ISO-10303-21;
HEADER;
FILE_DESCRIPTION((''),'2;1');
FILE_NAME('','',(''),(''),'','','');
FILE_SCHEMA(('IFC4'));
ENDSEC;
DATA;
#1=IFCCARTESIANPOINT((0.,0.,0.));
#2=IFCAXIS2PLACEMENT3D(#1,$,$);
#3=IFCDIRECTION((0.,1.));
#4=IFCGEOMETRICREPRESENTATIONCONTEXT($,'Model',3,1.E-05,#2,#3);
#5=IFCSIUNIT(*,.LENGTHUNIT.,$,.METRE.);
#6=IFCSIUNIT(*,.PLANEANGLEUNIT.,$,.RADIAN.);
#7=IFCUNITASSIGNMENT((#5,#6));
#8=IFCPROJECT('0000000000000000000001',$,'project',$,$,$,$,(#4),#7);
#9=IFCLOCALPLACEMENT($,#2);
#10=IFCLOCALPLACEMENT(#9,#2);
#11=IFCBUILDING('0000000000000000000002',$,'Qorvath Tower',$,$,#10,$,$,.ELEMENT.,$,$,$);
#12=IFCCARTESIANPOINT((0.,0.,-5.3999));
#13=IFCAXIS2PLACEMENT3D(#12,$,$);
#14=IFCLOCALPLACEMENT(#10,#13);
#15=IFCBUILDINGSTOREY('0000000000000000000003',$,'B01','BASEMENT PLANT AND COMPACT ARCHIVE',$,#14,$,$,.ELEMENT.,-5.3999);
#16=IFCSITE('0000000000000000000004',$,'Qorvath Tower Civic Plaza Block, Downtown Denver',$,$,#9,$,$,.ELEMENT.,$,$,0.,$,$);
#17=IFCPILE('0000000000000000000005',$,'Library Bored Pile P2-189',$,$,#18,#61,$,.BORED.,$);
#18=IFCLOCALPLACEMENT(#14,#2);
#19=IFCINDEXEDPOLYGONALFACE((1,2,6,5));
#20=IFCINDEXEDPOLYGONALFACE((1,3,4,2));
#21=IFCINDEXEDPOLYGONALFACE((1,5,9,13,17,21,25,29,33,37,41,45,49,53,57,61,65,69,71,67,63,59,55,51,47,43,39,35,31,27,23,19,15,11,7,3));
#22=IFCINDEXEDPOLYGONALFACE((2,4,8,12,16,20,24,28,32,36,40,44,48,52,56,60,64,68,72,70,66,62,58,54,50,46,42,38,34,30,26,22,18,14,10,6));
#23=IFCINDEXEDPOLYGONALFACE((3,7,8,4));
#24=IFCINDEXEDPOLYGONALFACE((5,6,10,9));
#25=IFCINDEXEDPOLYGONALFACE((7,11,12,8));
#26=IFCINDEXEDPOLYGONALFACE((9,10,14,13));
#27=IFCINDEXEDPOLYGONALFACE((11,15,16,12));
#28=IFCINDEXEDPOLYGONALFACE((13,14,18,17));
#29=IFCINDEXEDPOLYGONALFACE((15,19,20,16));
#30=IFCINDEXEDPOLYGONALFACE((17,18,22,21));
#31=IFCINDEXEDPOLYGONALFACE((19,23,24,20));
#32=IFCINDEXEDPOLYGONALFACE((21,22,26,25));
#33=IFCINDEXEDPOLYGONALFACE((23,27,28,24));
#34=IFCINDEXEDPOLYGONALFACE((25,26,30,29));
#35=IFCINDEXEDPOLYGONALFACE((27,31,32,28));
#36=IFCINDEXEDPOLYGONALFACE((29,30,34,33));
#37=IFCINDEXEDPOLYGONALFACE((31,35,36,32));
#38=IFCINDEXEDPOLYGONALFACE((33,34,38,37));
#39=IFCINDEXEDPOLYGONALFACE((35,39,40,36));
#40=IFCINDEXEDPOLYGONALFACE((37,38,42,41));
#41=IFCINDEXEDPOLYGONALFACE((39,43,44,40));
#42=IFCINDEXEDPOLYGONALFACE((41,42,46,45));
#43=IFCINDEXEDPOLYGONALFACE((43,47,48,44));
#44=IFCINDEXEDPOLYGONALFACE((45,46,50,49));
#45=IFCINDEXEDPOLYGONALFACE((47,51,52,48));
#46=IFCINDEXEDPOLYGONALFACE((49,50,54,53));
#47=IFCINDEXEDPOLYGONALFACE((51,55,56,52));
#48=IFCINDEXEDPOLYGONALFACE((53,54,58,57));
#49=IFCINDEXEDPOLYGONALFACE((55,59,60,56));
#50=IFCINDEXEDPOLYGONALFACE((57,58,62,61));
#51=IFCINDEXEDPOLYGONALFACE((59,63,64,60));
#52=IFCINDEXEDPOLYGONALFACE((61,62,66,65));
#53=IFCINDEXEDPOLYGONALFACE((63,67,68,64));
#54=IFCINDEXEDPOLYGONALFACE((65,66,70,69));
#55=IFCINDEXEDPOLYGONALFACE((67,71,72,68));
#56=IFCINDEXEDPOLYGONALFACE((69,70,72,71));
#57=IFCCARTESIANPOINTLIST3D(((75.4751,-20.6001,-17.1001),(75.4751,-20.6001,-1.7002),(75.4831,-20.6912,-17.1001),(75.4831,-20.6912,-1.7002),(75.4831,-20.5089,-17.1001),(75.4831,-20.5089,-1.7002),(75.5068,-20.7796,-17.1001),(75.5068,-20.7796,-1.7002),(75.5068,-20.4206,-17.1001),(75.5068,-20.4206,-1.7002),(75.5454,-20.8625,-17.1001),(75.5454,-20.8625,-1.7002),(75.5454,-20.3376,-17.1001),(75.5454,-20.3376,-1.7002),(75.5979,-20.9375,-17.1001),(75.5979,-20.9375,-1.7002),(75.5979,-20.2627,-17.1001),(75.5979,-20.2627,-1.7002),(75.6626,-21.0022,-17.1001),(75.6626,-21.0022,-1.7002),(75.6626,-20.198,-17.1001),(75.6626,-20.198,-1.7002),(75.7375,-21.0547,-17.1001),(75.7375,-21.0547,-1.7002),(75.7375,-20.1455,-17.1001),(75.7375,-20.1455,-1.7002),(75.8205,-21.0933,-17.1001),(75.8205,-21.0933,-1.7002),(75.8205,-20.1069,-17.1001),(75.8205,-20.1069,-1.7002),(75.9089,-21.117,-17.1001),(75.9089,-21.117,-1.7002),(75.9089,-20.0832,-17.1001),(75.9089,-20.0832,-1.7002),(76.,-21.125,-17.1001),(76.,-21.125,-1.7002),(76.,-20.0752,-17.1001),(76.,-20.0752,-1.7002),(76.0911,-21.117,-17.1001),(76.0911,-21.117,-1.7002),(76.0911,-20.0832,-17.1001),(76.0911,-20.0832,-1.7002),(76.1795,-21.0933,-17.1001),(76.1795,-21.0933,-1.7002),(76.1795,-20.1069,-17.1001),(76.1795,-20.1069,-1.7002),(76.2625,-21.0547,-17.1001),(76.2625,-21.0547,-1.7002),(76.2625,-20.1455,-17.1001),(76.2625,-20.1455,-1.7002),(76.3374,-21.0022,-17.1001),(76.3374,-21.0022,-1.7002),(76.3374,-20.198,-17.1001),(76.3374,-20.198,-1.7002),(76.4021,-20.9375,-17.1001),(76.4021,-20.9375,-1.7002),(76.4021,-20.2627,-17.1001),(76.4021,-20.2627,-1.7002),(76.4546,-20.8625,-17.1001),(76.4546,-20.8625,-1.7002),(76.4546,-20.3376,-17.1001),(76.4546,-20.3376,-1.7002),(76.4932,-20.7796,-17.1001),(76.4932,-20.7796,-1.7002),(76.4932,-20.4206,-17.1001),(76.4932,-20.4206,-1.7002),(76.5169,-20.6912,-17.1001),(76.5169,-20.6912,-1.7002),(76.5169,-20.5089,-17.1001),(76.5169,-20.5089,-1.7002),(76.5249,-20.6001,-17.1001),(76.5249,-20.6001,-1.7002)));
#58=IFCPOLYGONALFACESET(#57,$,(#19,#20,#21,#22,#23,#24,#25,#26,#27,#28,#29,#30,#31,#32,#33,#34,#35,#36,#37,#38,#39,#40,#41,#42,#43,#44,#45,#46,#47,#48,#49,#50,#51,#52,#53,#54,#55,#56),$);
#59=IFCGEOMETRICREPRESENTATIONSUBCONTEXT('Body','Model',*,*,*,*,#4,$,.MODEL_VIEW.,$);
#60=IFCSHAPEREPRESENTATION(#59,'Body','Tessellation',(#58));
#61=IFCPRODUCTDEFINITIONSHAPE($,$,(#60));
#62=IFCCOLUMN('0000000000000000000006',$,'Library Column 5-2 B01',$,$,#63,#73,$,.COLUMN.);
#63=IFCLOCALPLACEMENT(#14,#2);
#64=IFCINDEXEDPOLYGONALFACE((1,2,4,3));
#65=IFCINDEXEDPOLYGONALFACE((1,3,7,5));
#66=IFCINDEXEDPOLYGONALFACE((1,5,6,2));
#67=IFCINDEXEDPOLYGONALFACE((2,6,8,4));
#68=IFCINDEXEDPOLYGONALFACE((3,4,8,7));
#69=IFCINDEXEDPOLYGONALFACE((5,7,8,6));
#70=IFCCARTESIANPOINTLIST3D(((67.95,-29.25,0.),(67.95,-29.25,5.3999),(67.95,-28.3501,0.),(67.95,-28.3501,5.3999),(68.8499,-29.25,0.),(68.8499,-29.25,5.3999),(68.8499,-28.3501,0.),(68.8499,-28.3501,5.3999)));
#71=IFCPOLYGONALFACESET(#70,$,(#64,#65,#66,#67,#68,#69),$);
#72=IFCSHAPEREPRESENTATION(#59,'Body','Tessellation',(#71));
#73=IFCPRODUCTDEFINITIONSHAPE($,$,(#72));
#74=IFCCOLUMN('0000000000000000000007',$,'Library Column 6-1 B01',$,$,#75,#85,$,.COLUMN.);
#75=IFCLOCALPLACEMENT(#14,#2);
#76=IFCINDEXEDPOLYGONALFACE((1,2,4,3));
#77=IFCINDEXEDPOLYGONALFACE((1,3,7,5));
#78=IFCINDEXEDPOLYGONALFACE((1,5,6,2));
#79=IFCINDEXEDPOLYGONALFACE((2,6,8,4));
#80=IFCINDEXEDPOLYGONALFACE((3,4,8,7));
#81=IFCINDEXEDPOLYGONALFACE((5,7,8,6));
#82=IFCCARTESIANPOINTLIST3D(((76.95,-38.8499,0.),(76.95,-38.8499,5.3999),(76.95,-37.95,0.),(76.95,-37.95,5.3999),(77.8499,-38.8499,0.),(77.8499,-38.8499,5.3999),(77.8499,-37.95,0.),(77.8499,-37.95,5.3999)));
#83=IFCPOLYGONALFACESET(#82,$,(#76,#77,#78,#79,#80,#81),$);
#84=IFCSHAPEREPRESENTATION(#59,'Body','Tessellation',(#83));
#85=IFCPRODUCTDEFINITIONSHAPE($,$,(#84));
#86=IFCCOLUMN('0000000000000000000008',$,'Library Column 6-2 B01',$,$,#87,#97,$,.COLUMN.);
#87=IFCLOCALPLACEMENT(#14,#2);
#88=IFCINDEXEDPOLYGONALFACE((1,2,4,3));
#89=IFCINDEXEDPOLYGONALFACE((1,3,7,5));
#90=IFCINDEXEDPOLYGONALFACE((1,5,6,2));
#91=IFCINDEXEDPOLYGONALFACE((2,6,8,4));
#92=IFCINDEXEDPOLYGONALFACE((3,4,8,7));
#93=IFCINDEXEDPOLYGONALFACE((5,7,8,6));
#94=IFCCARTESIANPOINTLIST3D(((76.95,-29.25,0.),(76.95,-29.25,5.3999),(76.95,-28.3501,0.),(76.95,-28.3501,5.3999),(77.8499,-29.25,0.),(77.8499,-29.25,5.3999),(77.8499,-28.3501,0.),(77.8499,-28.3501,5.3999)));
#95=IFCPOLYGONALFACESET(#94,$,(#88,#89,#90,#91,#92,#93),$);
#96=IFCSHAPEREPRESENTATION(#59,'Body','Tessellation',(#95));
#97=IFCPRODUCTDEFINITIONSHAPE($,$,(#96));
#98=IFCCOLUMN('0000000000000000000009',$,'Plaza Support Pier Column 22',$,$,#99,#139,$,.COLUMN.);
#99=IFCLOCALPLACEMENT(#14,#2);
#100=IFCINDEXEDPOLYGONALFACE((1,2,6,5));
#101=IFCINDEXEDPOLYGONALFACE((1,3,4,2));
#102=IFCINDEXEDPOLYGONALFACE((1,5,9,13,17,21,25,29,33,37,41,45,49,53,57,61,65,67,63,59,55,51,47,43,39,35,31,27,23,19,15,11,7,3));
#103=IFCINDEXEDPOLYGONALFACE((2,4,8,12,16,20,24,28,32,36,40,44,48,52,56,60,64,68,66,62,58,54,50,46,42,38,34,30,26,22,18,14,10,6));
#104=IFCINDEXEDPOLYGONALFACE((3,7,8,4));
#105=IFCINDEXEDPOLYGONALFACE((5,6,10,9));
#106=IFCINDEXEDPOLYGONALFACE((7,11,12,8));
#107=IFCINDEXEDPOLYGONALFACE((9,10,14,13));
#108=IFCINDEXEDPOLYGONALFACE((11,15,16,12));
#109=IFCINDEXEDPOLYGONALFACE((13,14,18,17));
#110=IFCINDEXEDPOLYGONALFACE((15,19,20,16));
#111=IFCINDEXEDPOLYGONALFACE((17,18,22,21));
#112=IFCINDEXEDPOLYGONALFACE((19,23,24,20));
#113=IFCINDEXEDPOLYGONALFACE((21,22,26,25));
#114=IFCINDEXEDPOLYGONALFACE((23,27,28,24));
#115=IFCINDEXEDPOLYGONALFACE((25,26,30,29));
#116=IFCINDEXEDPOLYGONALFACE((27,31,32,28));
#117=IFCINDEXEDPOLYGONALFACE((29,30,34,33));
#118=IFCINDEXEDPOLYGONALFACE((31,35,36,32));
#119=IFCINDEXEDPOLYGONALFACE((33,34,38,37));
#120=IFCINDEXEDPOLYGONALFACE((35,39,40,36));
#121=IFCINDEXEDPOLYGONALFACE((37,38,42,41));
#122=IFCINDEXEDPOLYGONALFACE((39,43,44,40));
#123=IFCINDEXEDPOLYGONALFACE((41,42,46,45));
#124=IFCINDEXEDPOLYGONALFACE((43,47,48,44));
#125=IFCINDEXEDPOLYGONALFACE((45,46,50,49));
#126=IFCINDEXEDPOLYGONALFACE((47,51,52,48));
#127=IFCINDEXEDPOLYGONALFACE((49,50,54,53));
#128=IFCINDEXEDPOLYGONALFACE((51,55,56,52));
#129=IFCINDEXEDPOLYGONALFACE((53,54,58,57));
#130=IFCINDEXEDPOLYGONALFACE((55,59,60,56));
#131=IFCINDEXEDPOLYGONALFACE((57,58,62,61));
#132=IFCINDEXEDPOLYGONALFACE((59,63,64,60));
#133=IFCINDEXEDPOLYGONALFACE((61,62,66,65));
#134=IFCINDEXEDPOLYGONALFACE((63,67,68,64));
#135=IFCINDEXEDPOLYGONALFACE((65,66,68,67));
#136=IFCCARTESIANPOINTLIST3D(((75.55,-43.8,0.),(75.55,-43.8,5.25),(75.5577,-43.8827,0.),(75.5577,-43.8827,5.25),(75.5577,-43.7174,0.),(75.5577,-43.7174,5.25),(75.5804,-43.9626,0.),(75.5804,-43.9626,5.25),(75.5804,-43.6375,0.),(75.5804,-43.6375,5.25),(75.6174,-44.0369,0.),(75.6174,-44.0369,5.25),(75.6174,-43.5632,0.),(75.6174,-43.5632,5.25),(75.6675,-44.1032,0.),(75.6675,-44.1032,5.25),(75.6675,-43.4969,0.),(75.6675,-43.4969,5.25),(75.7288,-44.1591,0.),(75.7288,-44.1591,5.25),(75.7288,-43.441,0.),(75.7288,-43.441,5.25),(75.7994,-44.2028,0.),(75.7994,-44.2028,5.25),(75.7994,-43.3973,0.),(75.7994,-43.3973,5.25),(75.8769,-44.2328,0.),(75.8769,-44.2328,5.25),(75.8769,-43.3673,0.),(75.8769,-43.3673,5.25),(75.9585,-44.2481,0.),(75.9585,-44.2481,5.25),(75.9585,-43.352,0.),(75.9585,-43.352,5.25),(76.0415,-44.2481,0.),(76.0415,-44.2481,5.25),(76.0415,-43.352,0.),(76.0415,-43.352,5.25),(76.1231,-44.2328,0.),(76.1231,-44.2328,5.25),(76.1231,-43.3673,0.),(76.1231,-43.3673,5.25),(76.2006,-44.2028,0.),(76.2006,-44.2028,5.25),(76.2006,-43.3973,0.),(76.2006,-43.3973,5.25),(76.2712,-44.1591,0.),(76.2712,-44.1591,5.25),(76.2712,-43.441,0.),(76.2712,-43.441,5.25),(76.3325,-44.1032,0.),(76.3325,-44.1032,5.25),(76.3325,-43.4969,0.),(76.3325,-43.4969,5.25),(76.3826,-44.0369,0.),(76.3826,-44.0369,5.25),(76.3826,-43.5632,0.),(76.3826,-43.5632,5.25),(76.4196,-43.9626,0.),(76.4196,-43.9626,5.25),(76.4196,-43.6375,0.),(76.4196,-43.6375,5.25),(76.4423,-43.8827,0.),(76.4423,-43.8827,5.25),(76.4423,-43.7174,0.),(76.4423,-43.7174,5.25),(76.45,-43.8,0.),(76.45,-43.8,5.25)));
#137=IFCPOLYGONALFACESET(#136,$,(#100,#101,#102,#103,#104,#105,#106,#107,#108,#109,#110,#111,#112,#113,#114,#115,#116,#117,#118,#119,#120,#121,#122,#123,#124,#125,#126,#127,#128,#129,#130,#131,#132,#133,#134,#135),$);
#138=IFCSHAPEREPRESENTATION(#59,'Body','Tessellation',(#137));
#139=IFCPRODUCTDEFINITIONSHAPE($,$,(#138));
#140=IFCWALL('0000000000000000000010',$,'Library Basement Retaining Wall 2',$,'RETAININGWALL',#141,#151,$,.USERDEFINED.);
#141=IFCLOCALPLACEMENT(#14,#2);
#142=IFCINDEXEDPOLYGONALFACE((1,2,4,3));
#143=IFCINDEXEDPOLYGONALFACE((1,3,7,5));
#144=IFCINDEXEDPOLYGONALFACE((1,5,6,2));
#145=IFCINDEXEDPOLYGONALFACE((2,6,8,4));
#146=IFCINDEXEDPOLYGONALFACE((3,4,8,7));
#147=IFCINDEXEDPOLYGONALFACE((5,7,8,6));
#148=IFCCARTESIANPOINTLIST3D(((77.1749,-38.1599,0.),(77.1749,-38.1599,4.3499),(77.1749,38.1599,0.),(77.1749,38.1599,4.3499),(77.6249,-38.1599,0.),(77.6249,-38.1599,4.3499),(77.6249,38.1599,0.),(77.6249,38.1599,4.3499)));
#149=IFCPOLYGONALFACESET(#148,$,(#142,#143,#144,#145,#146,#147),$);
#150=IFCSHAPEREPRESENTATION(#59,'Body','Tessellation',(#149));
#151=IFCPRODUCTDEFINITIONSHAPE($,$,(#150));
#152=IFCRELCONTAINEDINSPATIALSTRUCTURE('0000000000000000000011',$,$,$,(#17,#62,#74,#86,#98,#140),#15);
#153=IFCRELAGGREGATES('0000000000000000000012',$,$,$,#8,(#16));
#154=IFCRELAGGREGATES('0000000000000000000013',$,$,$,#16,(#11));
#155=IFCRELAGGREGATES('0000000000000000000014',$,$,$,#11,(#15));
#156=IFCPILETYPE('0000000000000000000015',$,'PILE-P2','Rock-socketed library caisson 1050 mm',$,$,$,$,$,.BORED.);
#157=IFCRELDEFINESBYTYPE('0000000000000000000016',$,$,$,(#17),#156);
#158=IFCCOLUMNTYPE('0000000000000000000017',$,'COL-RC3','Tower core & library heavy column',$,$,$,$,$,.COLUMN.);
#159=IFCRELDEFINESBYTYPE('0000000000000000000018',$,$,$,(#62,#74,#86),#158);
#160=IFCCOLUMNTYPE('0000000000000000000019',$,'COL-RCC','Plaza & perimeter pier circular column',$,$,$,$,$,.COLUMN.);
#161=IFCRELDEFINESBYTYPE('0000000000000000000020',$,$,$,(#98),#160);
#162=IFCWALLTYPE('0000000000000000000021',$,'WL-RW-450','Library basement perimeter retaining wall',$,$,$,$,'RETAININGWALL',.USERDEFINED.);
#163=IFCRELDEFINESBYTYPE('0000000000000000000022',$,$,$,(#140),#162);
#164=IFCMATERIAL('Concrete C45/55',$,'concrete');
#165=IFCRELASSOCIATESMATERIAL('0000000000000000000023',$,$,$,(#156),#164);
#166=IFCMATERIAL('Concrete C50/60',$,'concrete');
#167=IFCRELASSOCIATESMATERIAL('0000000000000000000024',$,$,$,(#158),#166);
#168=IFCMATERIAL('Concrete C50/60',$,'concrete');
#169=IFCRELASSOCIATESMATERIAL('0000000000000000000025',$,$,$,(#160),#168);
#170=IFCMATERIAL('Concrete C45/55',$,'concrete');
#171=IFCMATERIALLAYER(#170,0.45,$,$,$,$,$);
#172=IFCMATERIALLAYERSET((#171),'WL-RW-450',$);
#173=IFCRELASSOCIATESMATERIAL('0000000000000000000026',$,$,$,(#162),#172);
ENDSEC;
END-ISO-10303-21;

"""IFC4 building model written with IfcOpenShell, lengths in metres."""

from ifc_helpers import new_model, si_unit, direction, frame, frame_2d, origin, origin_2d, place, context, subcontext, project, spatial, rectangle, circle, extrude, material, layer, layer_set, material_profile, profile_set, type_object, element, save


model = new_model("IFC4")

# Units and contexts
model_context = context("Model", 3, precision=1e-05, world=origin(), true_north=direction((0.0, 1.0)))
body_context = subcontext(model_context, "Body", "Model", "MODEL_VIEW")
ifc_project = project(units=[si_unit("LENGTHUNIT", "METRE"), si_unit("PLANEANGLEUNIT", "RADIAN")], contexts=[model_context])

# Site, building, storey
site_placement = place(None, origin())
site = spatial("IfcSite", under=ifc_project, at=site_placement, Name="Qorvath Tower Civic Plaza Block, Downtown Denver", CompositionType="ELEMENT", RefElevation=0.0)
building_placement = place(site_placement, origin())
building = spatial("IfcBuilding", under=site, at=building_placement, Name="Qorvath Tower", CompositionType="ELEMENT")
storey_placement = place(building_placement, frame((0.0, 0.0, -5.3999)))
storey = spatial("IfcBuildingStorey", under=building, at=storey_placement, Name="B01", Description="BASEMENT PLANT AND COMPACT ARCHIVE", CompositionType="ELEMENT", Elevation=-5.3999)

# Pile
ifc_material_1 = material(Name="Concrete C45/55", Category="concrete")
ifc_material_profile_1 = material_profile(ifc_material_1, circle(Radius=0.5249, at=origin_2d()), Name="BORED PILE 1050")
ifc_profile_set_1 = profile_set([ifc_material_profile_1], Name="Concrete C45/55")
pile_type = type_object("IfcPileType", Name="PILE-P2", Description="Rock-socketed library caisson 1050 mm", PredefinedType="BORED", material=ifc_profile_set_1)
for number, where, z_axis, x_axis, name in (
    (1, (76.0, -20.6001, -1.7002), (0.0, 0.0, -1.0), (1.0, 0.0, 0.0), "Library Bored Pile P2-189"),
):
    element("IfcPile", number, at=place(storey_placement, frame(where, z_axis=z_axis, x_axis=x_axis)), inside=storey, type_object=pile_type, Name=name, PredefinedType="BORED", context=body_context, shape_type="SweptSolid", body=[
        extrude(circle(Radius=0.5249, at=origin_2d()), origin(), (0.0, 0.0, 1.0), 15.3999),
    ])

# Columns
ifc_material_2 = material(Name="Concrete C50/60", Category="concrete")
ifc_material_profile_2 = material_profile(ifc_material_2, rectangle(XDim=0.8999, YDim=0.8999, at=origin_2d()), Name="RC 900x900")
ifc_profile_set_2 = profile_set([ifc_material_profile_2], Name="Concrete C50/60")
column_type_1 = type_object("IfcColumnType", Name="COL-RC3", Description="Tower core & library heavy column", PredefinedType="COLUMN", material=ifc_profile_set_2)
for number, where, z_axis, x_axis, name in (
    (2, (68.3999, -28.8, 0.0), (0.0, 0.0, 1.0), (1.0, 0.0, 0.0), "Library Column 5-2 B01"),
    (3, (77.3999, -38.3999, 0.0), (0.0, 0.0, 1.0), (1.0, 0.0, 0.0), "Library Column 6-1 B01"),
    (4, (77.3999, -28.8, 0.0), (0.0, 0.0, 1.0), (1.0, 0.0, 0.0), "Library Column 6-2 B01"),
):
    element("IfcColumn", number, at=place(storey_placement, frame(where, z_axis=z_axis, x_axis=x_axis)), inside=storey, type_object=column_type_1, Name=name, PredefinedType="COLUMN", context=body_context, shape_type="SweptSolid", body=[
        extrude(rectangle(XDim=0.8999, YDim=0.8999, at=origin_2d()), origin(), (0.0, 0.0, 1.0), 5.3999),
    ])
ifc_material_3 = material(Name="Concrete C50/60", Category="concrete")
ifc_material_profile_3 = material_profile(ifc_material_3, circle(Radius=0.45, at=origin_2d()), Name="RCC 900")
ifc_profile_set_3 = profile_set([ifc_material_profile_3], Name="Concrete C50/60")
column_type_2 = type_object("IfcColumnType", Name="COL-RCC", Description="Plaza & perimeter pier circular column", PredefinedType="COLUMN", material=ifc_profile_set_3)
column_placement = place(storey_placement, frame((76.0, -43.8, 0.0), z_axis=(0.0, 0.0, 1.0), x_axis=(1.0, 0.0, 0.0)))
element("IfcColumn", 5, at=column_placement, inside=storey, type_object=column_type_2, Name="Plaza Support Pier Column 22", PredefinedType="COLUMN", context=body_context, shape_type="SweptSolid", body=[
    extrude(circle(Radius=0.45, at=origin_2d()), origin(), (0.0, 0.0, 1.0), 5.25),
])

# Wall
ifc_material_4 = material(Name="Concrete C45/55", Category="concrete")
ifc_layer_1 = layer(ifc_material_4, 0.45)
ifc_layer_set_1 = layer_set([ifc_layer_1], Name="WL-RW-450")
wall_type = type_object("IfcWallType", Name="WL-RW-450", Description="Library basement perimeter retaining wall", ElementType="RETAININGWALL", PredefinedType="USERDEFINED", material=ifc_layer_set_1)
wall_placement = place(storey_placement, frame((77.3999, -38.1599, 0.0), z_axis=(0.0, 0.0, 1.0), x_axis=(0.0, 1.0, 0.0)))
element("IfcWall", 6, at=wall_placement, inside=storey, type_object=wall_type, Name="Library Basement Retaining Wall 2", ObjectType="RETAININGWALL", PredefinedType="USERDEFINED", context=body_context, shape_type="SweptSolid", body=[
    extrude(rectangle(XDim=76.3198, YDim=0.45, at=frame_2d((38.1599, 0.0))), origin(), (0.0, 0.0, 1.0), 4.3499),
])

save(model, "model.ifc")
